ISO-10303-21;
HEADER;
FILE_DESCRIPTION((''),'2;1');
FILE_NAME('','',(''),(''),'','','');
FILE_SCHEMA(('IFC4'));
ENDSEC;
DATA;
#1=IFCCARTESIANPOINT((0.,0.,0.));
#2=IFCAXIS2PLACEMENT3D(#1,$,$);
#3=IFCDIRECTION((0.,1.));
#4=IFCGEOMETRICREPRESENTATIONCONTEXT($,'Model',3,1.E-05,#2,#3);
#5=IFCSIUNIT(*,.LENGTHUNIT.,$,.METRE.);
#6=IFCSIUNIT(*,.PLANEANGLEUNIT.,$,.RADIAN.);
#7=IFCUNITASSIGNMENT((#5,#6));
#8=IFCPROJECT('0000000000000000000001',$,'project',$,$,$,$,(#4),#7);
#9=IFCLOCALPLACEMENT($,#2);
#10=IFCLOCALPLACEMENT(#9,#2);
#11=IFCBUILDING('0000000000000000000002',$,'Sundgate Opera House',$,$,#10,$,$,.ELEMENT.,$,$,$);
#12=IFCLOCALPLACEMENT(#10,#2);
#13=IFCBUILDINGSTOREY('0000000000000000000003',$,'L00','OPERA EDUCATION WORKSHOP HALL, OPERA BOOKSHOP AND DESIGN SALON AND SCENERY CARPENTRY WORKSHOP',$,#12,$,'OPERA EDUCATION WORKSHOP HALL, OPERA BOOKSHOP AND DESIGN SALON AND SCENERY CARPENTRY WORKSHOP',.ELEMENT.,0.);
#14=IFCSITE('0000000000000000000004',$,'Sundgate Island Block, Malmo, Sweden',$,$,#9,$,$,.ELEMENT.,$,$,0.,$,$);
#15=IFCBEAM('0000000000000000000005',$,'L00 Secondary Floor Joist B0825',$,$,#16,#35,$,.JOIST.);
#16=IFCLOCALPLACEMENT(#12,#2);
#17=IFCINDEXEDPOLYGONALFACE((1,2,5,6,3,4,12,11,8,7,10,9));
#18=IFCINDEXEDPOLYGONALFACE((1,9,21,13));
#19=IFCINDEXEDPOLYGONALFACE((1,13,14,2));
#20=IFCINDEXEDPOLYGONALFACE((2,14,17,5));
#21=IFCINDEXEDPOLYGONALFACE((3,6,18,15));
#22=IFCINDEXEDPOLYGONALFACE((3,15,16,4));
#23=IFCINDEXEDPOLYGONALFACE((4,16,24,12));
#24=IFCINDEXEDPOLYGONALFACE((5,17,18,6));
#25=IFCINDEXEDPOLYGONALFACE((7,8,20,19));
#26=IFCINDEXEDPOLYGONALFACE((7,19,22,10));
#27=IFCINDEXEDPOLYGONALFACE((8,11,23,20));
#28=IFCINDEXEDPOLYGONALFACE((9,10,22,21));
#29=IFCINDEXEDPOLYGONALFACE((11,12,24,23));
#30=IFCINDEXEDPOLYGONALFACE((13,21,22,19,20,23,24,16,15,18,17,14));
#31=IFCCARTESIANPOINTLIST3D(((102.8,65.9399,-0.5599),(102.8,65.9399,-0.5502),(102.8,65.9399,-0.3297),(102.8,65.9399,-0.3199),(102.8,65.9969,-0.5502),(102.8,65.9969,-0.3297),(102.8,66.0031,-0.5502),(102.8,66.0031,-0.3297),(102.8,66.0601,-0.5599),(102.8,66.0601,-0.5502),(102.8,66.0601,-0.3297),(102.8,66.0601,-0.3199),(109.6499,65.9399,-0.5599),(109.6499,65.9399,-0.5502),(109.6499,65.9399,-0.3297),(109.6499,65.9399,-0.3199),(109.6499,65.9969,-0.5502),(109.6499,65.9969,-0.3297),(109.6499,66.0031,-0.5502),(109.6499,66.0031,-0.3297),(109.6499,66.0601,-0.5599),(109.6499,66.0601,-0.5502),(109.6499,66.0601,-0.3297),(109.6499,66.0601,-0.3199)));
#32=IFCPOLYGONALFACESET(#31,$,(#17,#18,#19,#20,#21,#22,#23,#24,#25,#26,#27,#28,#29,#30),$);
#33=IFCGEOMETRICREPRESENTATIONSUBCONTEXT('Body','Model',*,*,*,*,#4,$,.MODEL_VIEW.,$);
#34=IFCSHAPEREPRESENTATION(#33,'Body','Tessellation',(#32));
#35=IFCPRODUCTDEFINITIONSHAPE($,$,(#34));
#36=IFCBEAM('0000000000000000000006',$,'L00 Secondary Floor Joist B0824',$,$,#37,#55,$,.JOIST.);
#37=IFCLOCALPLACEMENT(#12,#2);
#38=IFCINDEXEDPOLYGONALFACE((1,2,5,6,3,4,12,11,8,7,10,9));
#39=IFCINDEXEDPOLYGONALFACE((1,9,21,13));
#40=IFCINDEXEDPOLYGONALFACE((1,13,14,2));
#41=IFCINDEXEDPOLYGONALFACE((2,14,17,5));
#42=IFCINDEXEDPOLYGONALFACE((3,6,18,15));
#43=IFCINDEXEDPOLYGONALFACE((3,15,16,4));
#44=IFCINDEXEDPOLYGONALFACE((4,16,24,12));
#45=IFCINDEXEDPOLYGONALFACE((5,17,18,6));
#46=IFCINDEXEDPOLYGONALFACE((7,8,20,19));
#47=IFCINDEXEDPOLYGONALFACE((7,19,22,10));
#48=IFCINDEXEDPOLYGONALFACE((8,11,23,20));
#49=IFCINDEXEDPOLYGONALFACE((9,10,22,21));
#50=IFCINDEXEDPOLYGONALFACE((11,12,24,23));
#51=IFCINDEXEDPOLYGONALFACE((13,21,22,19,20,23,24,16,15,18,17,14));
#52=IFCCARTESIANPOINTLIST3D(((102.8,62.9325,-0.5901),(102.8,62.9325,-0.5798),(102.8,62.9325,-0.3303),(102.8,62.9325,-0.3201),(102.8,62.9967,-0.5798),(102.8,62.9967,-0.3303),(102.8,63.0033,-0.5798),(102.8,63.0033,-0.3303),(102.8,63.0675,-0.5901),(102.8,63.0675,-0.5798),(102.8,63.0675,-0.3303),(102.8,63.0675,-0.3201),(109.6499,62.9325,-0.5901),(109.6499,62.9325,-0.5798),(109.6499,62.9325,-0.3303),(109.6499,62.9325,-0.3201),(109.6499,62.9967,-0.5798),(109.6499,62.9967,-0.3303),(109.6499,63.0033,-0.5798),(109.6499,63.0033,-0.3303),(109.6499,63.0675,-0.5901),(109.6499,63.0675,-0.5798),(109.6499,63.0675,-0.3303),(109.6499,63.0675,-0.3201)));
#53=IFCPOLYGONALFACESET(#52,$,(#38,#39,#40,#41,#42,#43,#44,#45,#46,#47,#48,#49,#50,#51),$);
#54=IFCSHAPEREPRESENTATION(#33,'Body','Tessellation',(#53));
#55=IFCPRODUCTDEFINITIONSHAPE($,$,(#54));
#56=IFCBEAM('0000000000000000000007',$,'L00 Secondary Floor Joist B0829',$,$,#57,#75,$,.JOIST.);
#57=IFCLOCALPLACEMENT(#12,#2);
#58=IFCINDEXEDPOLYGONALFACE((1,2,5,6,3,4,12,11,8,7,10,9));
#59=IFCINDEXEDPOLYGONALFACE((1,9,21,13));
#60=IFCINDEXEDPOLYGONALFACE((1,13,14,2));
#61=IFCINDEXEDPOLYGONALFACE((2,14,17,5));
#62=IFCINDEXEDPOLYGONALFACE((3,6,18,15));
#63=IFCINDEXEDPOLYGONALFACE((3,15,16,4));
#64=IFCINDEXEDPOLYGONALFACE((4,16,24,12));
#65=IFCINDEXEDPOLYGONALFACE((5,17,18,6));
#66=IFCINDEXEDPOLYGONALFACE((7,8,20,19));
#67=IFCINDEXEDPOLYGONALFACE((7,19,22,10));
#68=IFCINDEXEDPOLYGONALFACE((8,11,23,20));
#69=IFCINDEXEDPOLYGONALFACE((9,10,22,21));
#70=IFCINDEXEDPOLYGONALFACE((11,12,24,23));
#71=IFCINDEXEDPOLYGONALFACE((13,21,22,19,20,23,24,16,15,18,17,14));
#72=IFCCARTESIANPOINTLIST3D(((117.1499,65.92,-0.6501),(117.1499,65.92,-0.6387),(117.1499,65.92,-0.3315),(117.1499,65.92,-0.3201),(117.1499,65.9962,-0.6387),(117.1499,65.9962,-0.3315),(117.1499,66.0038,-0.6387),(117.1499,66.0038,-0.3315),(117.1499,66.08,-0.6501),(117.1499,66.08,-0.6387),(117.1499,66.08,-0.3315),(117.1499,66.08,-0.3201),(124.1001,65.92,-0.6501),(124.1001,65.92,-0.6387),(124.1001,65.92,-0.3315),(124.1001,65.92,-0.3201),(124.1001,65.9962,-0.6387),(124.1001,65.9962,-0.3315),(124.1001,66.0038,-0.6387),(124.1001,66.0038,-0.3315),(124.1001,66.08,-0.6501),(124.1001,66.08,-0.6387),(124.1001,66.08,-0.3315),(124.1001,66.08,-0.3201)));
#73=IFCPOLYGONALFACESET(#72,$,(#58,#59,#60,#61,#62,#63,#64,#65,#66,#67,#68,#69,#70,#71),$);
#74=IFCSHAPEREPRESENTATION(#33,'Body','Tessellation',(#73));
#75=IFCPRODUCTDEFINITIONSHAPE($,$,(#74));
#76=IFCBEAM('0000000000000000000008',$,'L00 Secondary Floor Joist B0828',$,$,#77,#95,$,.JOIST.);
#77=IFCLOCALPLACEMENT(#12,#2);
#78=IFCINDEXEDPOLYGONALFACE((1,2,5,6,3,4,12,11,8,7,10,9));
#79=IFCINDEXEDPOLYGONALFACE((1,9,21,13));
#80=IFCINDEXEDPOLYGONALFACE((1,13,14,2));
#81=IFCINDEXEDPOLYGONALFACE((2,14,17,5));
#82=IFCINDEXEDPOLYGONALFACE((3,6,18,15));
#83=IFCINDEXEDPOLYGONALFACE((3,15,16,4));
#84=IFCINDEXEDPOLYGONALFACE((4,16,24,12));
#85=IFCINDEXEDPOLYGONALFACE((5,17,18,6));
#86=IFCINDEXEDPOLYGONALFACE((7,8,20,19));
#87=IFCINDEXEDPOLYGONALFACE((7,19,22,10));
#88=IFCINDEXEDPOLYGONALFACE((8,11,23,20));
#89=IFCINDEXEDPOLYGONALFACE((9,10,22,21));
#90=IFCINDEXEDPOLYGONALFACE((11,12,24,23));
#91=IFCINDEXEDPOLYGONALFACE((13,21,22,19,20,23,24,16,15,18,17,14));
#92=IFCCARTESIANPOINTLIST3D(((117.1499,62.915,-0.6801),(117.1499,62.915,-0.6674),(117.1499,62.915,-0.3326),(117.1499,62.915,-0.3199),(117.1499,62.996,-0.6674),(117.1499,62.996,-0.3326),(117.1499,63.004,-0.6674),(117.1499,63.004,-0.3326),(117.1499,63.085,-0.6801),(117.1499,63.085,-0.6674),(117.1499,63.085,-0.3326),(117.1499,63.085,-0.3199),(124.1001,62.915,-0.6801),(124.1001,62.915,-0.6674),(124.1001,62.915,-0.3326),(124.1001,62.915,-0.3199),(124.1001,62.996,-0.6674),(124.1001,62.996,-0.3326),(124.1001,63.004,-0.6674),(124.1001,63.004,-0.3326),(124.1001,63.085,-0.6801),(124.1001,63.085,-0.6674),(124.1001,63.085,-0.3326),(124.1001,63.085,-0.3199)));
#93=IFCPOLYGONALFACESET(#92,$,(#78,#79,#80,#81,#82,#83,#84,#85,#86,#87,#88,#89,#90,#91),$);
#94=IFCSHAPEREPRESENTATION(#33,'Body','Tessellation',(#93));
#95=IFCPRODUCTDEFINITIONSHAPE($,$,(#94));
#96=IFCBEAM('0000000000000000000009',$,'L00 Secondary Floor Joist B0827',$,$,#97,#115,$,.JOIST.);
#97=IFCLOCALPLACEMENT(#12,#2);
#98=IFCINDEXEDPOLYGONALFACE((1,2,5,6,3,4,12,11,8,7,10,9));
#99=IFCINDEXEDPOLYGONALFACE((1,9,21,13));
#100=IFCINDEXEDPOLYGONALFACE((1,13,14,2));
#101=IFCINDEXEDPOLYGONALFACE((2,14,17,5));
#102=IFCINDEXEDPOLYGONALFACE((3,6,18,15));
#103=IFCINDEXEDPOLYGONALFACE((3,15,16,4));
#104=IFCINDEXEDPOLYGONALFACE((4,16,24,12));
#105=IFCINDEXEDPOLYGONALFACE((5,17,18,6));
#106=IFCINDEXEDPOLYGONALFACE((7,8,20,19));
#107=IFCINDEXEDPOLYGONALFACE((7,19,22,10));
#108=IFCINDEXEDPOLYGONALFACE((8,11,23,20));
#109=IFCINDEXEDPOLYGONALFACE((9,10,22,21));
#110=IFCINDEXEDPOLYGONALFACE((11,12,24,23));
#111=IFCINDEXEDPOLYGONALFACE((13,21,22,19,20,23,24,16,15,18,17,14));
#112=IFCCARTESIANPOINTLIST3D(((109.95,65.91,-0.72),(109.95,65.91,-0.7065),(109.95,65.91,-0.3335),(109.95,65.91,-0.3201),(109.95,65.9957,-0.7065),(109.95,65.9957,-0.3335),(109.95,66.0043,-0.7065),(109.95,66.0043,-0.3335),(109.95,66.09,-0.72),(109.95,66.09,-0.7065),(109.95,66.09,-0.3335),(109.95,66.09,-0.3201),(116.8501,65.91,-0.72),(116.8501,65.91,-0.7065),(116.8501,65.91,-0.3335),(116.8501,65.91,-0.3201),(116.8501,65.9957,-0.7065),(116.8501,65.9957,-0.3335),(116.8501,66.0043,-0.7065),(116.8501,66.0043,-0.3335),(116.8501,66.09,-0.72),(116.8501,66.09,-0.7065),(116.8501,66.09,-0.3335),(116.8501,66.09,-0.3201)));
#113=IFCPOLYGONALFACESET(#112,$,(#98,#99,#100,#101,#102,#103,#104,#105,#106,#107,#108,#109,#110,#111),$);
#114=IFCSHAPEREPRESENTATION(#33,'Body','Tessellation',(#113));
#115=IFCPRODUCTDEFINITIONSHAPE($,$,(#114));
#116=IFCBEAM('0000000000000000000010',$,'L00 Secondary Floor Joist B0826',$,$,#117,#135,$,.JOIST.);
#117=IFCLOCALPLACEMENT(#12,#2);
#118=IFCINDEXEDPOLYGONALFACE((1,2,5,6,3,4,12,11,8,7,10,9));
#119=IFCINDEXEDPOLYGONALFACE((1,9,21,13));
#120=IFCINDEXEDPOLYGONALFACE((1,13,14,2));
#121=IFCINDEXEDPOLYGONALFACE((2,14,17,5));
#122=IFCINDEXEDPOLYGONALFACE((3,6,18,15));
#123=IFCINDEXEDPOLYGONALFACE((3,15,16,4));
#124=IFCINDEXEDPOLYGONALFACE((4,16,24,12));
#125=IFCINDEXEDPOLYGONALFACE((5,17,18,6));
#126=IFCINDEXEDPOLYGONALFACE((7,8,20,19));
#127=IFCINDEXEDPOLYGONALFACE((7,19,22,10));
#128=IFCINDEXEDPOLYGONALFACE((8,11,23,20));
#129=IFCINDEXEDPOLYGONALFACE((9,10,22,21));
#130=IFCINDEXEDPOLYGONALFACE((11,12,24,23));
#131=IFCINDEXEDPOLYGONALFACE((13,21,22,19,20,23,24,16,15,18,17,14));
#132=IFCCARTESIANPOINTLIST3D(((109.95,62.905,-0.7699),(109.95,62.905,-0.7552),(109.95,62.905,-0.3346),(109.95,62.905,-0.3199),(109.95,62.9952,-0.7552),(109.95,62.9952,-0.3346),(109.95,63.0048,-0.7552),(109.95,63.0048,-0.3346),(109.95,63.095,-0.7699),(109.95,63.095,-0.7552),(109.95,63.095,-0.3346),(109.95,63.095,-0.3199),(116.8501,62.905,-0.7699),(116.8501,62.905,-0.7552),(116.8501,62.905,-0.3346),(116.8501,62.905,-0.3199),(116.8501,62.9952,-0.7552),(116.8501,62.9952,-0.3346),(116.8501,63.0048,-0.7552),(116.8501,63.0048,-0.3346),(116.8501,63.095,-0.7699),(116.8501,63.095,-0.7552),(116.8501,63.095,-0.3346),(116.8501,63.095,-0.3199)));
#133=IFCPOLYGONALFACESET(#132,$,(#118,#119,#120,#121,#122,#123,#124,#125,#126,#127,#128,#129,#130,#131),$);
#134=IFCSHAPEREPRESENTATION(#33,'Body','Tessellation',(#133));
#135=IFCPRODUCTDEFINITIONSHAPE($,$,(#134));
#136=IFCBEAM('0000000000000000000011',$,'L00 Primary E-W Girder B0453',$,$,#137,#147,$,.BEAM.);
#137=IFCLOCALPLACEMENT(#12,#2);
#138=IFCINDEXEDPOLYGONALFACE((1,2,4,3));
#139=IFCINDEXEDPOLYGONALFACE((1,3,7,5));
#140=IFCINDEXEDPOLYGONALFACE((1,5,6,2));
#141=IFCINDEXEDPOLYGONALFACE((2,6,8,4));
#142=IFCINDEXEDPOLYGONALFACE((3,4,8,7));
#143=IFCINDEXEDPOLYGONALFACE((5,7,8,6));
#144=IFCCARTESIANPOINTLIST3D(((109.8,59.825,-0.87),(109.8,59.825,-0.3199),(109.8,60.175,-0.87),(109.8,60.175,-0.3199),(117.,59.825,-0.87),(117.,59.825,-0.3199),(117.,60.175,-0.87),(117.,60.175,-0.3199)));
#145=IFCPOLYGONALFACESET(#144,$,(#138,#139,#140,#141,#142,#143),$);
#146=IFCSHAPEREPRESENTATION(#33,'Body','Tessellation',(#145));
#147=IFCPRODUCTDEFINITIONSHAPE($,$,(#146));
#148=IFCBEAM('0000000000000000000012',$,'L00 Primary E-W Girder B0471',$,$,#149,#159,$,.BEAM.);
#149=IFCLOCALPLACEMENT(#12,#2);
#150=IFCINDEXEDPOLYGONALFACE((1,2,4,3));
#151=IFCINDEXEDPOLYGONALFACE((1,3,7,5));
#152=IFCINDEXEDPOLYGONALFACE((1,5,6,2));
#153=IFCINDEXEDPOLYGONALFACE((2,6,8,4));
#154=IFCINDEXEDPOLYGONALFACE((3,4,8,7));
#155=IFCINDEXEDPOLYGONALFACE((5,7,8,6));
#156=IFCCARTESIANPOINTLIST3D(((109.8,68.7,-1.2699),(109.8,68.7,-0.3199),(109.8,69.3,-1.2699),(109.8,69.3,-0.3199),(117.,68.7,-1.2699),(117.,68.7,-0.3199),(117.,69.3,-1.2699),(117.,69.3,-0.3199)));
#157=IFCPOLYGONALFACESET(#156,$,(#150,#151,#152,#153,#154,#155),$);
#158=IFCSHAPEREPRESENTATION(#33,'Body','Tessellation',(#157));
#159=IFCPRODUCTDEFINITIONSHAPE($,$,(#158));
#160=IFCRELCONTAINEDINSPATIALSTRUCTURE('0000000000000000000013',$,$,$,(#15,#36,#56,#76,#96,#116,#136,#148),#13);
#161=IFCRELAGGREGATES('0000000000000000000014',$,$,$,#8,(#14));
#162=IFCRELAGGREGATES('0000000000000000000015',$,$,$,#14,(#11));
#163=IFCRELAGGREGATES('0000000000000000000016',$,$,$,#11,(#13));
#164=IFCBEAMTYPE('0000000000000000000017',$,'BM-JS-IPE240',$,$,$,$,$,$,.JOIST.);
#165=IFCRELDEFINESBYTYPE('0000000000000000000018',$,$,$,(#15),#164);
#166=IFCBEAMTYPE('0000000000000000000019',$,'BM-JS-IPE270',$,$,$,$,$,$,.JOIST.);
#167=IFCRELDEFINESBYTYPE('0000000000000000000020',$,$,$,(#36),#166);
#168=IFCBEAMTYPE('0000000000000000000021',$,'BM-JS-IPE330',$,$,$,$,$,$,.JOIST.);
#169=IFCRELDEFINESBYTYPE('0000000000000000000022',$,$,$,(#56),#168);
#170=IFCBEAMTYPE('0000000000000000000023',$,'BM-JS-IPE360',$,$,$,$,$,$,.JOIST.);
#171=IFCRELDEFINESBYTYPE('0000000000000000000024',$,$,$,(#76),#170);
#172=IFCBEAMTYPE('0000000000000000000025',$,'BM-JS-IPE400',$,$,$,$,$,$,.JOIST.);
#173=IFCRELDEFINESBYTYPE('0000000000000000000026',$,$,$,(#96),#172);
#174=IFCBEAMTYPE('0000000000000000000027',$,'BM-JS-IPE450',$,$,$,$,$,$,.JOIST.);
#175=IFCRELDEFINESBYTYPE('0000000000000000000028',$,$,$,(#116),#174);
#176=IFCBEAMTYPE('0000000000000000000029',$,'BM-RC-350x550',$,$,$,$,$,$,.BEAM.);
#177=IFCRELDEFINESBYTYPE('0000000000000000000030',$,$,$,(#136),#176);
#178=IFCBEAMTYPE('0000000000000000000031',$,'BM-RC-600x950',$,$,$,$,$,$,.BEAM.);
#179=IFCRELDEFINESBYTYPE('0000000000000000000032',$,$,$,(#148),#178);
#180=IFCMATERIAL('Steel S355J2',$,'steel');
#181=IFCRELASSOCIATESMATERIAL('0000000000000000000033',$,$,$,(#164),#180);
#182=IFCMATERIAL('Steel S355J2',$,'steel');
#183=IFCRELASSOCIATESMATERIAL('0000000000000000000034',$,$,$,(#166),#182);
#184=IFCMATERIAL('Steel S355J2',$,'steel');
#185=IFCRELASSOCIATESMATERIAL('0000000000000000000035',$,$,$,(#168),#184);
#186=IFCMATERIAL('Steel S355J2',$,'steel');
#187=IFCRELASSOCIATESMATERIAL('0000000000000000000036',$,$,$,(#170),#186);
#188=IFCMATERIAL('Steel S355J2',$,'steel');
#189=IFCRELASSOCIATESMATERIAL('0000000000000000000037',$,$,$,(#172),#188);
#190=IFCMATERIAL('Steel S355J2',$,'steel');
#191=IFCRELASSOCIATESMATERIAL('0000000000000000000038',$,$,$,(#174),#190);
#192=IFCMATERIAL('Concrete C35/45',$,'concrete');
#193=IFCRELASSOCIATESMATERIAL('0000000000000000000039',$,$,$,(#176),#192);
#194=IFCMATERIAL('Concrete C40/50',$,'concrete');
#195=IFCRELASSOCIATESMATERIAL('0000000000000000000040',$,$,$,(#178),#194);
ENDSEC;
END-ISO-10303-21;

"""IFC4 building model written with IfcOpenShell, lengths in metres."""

from ifc_helpers import new_model, si_unit, direction, frame, origin, origin_2d, place, context, subcontext, project, spatial, rectangle, i_section, extrude, material, material_profile, profile_set, type_object, element, save


model = new_model("IFC4")

# Units and contexts
model_context = context("Model", 3, precision=1e-05, world=origin(), true_north=direction((0.0, 1.0)))
body_context = subcontext(model_context, "Body", "Model", "MODEL_VIEW")
ifc_project = project(units=[si_unit("LENGTHUNIT", "METRE"), si_unit("PLANEANGLEUNIT", "RADIAN")], contexts=[model_context])

# Site, building, storey
site_placement = place(None, origin())
site = spatial("IfcSite", under=ifc_project, at=site_placement, Name="Sundgate Island Block, Malmo, Sweden", CompositionType="ELEMENT", RefElevation=0.0)
building_placement = place(site_placement, origin())
building = spatial("IfcBuilding", under=site, at=building_placement, Name="Sundgate Opera House", CompositionType="ELEMENT")
storey_placement = place(building_placement, origin())
storey = spatial("IfcBuildingStorey", under=building, at=storey_placement, Name="L00", Description="OPERA EDUCATION WORKSHOP HALL, OPERA BOOKSHOP AND DESIGN SALON AND SCENERY CARPENTRY WORKSHOP", LongName="OPERA EDUCATION WORKSHOP HALL, OPERA BOOKSHOP AND DESIGN SALON AND SCENERY CARPENTRY WORKSHOP", CompositionType="ELEMENT", Elevation=0.0)

# Beams
ifc_material_1 = material(Name="Steel S355J2", Category="steel")
ifc_material_profile_1 = material_profile(ifc_material_1, i_section(OverallWidth=0.1201, OverallDepth=0.24, WebThickness=0.0061, FlangeThickness=0.0098, at=origin_2d()), Name="IPE 240")
ifc_profile_set_1 = profile_set([ifc_material_profile_1], Name="Steel S355J2")
beam_type_1 = type_object("IfcBeamType", Name="BM-JS-IPE240", PredefinedType="JOIST", material=ifc_profile_set_1)
beam_1_placement = place(storey_placement, frame((102.8, 66.0, -0.4399), z_axis=(1.0, 0.0, 0.0), x_axis=(0.0, 1.0, 0.0)))
element("IfcBeam", 1, at=beam_1_placement, inside=storey, type_object=beam_type_1, Name="L00 Secondary Floor Joist B0825", PredefinedType="JOIST", context=body_context, shape_type="SweptSolid", body=[
    extrude(i_section(OverallWidth=0.1201, OverallDepth=0.24, WebThickness=0.0061, FlangeThickness=0.0098, at=origin_2d()), origin(), (0.0, 0.0, 1.0), 6.8499),
])
ifc_material_2 = material(Name="Steel S355J2", Category="steel")
ifc_material_profile_2 = material_profile(ifc_material_2, i_section(OverallWidth=0.135, OverallDepth=0.27, WebThickness=0.0066, FlangeThickness=0.0103, at=origin_2d()), Name="IPE 270")
ifc_profile_set_2 = profile_set([ifc_material_profile_2], Name="Steel S355J2")
beam_type_2 = type_object("IfcBeamType", Name="BM-JS-IPE270", PredefinedType="JOIST", material=ifc_profile_set_2)
beam_2_placement = place(storey_placement, frame((102.8, 63.0, -0.4551), z_axis=(1.0, 0.0, 0.0), x_axis=(0.0, 1.0, 0.0)))
element("IfcBeam", 2, at=beam_2_placement, inside=storey, type_object=beam_type_2, Name="L00 Secondary Floor Joist B0824", PredefinedType="JOIST", context=body_context, shape_type="SweptSolid", body=[
    extrude(i_section(OverallWidth=0.135, OverallDepth=0.27, WebThickness=0.0066, FlangeThickness=0.0103, at=origin_2d()), origin(), (0.0, 0.0, 1.0), 6.8499),
])
ifc_material_3 = material(Name="Steel S355J2", Category="steel")
ifc_material_profile_3 = material_profile(ifc_material_3, i_section(OverallWidth=0.1599, OverallDepth=0.3301, WebThickness=0.0076, FlangeThickness=0.0115, at=origin_2d()), Name="IPE 330")
ifc_profile_set_3 = profile_set([ifc_material_profile_3], Name="Steel S355J2")
beam_type_3 = type_object("IfcBeamType", Name="BM-JS-IPE330", PredefinedType="JOIST", material=ifc_profile_set_3)
beam_3_placement = place(storey_placement, frame((117.1499, 66.0, -0.4851), z_axis=(1.0, 0.0, 0.0), x_axis=(0.0, 1.0, 0.0)))
element("IfcBeam", 3, at=beam_3_placement, inside=storey, type_object=beam_type_3, Name="L00 Secondary Floor Joist B0829", PredefinedType="JOIST", context=body_context, shape_type="SweptSolid", body=[
    extrude(i_section(OverallWidth=0.1599, OverallDepth=0.3301, WebThickness=0.0076, FlangeThickness=0.0115, at=origin_2d()), origin(), (0.0, 0.0, 1.0), 6.9502),
])
ifc_material_4 = material(Name="Steel S355J2", Category="steel")
ifc_material_profile_4 = material_profile(ifc_material_4, i_section(OverallWidth=0.1699, OverallDepth=0.3601, WebThickness=0.0081, FlangeThickness=0.0127, at=origin_2d()), Name="IPE 360")
ifc_profile_set_4 = profile_set([ifc_material_profile_4], Name="Steel S355J2")
beam_type_4 = type_object("IfcBeamType", Name="BM-JS-IPE360", PredefinedType="JOIST", material=ifc_profile_set_4)
beam_4_placement = place(storey_placement, frame((117.1499, 63.0, -0.5), z_axis=(1.0, 0.0, 0.0), x_axis=(0.0, 1.0, 0.0)))
element("IfcBeam", 4, at=beam_4_placement, inside=storey, type_object=beam_type_4, Name="L00 Secondary Floor Joist B0828", PredefinedType="JOIST", context=body_context, shape_type="SweptSolid", body=[
    extrude(i_section(OverallWidth=0.1699, OverallDepth=0.3601, WebThickness=0.0081, FlangeThickness=0.0127, at=origin_2d()), origin(), (0.0, 0.0, 1.0), 6.9502),
])
ifc_material_5 = material(Name="Steel S355J2", Category="steel")
ifc_material_profile_5 = material_profile(ifc_material_5, i_section(OverallWidth=0.1799, OverallDepth=0.3999, WebThickness=0.0085, FlangeThickness=0.0134, at=origin_2d()), Name="IPE 400")
ifc_profile_set_5 = profile_set([ifc_material_profile_5], Name="Steel S355J2")
beam_type_5 = type_object("IfcBeamType", Name="BM-JS-IPE400", PredefinedType="JOIST", material=ifc_profile_set_5)
beam_5_placement = place(storey_placement, frame((109.95, 66.0, -0.52), z_axis=(1.0, 0.0, 0.0), x_axis=(0.0, 1.0, 0.0)))
element("IfcBeam", 5, at=beam_5_placement, inside=storey, type_object=beam_type_5, Name="L00 Secondary Floor Joist B0827", PredefinedType="JOIST", context=body_context, shape_type="SweptSolid", body=[
    extrude(i_section(OverallWidth=0.1799, OverallDepth=0.3999, WebThickness=0.0085, FlangeThickness=0.0134, at=origin_2d()), origin(), (0.0, 0.0, 1.0), 6.9001),
])
ifc_material_6 = material(Name="Steel S355J2", Category="steel")
ifc_material_profile_6 = material_profile(ifc_material_6, i_section(OverallWidth=0.1899, OverallDepth=0.45, WebThickness=0.0095, FlangeThickness=0.0146, at=origin_2d()), Name="IPE 450")
ifc_profile_set_6 = profile_set([ifc_material_profile_6], Name="Steel S355J2")
beam_type_6 = type_object("IfcBeamType", Name="BM-JS-IPE450", PredefinedType="JOIST", material=ifc_profile_set_6)
beam_6_placement = place(storey_placement, frame((109.95, 63.0, -0.5449), z_axis=(1.0, 0.0, 0.0), x_axis=(0.0, 1.0, 0.0)))
element("IfcBeam", 6, at=beam_6_placement, inside=storey, type_object=beam_type_6, Name="L00 Secondary Floor Joist B0826", PredefinedType="JOIST", context=body_context, shape_type="SweptSolid", body=[
    extrude(i_section(OverallWidth=0.1899, OverallDepth=0.45, WebThickness=0.0095, FlangeThickness=0.0146, at=origin_2d()), origin(), (0.0, 0.0, 1.0), 6.9001),
])
ifc_material_7 = material(Name="Concrete C35/45", Category="concrete")
ifc_material_profile_7 = material_profile(ifc_material_7, rectangle(XDim=0.3501, YDim=0.55, at=origin_2d()), Name="RC 350x550")
ifc_profile_set_7 = profile_set([ifc_material_profile_7], Name="Concrete C35/45")
beam_type_7 = type_object("IfcBeamType", Name="BM-RC-350x550", PredefinedType="BEAM", material=ifc_profile_set_7)
beam_7_placement = place(storey_placement, frame((109.8, 60.0, -0.595), z_axis=(1.0, 0.0, 0.0), x_axis=(0.0, 1.0, 0.0)))
element("IfcBeam", 7, at=beam_7_placement, inside=storey, type_object=beam_type_7, Name="L00 Primary E-W Girder B0453", PredefinedType="BEAM", context=body_context, shape_type="SweptSolid", body=[
    extrude(rectangle(XDim=0.3501, YDim=0.55, at=origin_2d()), origin(), (0.0, 0.0, 1.0), 7.2),
])
ifc_material_8 = material(Name="Concrete C40/50", Category="concrete")
ifc_material_profile_8 = material_profile(ifc_material_8, rectangle(XDim=0.6001, YDim=0.95, at=origin_2d()), Name="RC 600x950")
ifc_profile_set_8 = profile_set([ifc_material_profile_8], Name="Concrete C40/50")
beam_type_8 = type_object("IfcBeamType", Name="BM-RC-600x950", PredefinedType="BEAM", material=ifc_profile_set_8)
beam_8_placement = place(storey_placement, frame((109.8, 69.0, -0.7949), z_axis=(1.0, 0.0, 0.0), x_axis=(0.0, 1.0, 0.0)))
element("IfcBeam", 8, at=beam_8_placement, inside=storey, type_object=beam_type_8, Name="L00 Primary E-W Girder B0471", PredefinedType="BEAM", context=body_context, shape_type="SweptSolid", body=[
    extrude(rectangle(XDim=0.6001, YDim=0.95, at=origin_2d()), origin(), (0.0, 0.0, 1.0), 7.2),
])

save(model, "model.ifc")
